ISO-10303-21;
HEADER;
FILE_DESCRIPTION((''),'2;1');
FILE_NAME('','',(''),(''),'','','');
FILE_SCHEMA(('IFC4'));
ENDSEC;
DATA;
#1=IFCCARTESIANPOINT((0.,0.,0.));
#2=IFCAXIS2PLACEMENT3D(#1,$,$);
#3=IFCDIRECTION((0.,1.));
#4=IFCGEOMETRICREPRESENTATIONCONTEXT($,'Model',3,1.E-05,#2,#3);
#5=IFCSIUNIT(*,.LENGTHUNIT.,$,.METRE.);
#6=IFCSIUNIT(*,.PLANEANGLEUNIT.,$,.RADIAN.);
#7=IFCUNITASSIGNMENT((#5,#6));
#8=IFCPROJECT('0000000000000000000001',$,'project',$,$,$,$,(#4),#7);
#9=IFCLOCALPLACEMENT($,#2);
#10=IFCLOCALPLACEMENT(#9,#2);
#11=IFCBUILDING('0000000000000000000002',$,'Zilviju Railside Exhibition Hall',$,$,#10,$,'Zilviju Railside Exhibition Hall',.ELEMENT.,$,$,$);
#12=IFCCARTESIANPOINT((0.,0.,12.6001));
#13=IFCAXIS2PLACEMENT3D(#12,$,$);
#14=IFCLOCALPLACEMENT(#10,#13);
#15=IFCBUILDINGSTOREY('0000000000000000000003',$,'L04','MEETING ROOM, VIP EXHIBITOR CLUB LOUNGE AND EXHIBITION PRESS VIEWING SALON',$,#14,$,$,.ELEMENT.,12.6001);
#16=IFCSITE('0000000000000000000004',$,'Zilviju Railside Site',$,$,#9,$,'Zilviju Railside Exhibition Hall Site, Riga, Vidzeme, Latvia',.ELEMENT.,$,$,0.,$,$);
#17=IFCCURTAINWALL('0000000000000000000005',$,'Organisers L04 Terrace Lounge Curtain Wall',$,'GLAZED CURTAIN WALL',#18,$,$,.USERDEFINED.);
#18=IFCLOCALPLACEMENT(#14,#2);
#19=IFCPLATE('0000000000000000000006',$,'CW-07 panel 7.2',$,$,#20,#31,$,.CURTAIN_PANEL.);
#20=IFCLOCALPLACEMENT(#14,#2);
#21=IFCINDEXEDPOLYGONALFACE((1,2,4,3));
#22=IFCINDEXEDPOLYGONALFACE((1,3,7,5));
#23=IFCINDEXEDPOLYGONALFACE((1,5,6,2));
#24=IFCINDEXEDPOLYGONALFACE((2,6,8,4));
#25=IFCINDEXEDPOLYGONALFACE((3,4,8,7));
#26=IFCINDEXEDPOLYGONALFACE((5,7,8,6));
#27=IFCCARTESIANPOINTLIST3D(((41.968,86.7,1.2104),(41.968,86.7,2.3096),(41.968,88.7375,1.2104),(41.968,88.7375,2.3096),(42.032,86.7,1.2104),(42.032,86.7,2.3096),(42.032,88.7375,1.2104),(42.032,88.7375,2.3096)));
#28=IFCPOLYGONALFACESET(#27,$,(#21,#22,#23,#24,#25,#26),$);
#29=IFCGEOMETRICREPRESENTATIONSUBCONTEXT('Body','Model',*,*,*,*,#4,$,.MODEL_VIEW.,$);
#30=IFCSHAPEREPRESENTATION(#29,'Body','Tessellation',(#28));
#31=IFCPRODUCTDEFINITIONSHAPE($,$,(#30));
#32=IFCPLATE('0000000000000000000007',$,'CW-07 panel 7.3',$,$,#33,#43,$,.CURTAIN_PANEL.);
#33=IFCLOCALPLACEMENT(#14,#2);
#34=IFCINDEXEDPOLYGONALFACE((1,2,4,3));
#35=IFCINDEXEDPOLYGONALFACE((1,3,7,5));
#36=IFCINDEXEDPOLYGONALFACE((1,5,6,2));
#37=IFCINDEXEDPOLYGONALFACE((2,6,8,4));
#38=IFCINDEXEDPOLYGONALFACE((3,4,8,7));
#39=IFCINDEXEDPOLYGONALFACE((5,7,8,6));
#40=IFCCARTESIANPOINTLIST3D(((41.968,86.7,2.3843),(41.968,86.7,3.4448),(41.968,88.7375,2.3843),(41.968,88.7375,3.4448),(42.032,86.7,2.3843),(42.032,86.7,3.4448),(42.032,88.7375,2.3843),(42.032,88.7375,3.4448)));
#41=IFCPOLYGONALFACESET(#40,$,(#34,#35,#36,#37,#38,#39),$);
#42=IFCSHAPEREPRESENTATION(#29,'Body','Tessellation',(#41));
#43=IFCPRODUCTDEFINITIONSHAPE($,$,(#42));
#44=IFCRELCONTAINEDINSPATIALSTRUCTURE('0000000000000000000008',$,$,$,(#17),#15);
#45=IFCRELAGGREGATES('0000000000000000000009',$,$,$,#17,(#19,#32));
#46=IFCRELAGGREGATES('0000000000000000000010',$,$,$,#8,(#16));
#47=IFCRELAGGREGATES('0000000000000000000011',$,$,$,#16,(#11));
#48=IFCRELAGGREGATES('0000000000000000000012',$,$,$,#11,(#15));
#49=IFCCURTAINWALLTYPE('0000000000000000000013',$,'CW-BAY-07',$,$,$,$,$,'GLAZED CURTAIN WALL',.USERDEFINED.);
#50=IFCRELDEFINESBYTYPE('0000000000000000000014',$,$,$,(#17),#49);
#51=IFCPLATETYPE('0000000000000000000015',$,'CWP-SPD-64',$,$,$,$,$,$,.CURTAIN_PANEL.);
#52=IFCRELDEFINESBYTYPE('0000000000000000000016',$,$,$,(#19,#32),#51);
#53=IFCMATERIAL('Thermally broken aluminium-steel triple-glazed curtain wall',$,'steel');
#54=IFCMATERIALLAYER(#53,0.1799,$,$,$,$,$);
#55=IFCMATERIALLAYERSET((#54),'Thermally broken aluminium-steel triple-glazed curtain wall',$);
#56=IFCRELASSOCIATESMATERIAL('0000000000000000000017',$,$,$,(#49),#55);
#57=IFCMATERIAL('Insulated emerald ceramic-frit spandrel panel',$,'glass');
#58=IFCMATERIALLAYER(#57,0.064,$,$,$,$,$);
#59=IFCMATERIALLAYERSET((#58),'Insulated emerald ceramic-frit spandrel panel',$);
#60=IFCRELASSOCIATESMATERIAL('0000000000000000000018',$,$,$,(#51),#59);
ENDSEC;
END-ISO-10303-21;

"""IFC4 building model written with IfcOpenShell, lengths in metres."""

from ifc_helpers import new_model, si_unit, direction, frame, origin, origin_2d, place, context, subcontext, project, spatial, rectangle, extrude, material, layer, layer_set, type_object, element, aggregate, save


model = new_model("IFC4")

# Units and contexts
model_context = context("Model", 3, precision=1e-05, world=origin(), true_north=direction((0.0, 1.0)))
body_context = subcontext(model_context, "Body", "Model", "MODEL_VIEW")
ifc_project = project(units=[si_unit("LENGTHUNIT", "METRE"), si_unit("PLANEANGLEUNIT", "RADIAN")], contexts=[model_context])

# Site, building, storey
site_placement = place(None, origin())
site = spatial("IfcSite", under=ifc_project, at=site_placement, Name="Zilviju Railside Site", LongName="Zilviju Railside Exhibition Hall Site, Riga, Vidzeme, Latvia", CompositionType="ELEMENT", RefElevation=0.0)
building_placement = place(site_placement, origin())
building = spatial("IfcBuilding", under=site, at=building_placement, Name="Zilviju Railside Exhibition Hall", LongName="Zilviju Railside Exhibition Hall", CompositionType="ELEMENT")
storey_placement = place(building_placement, frame((0.0, 0.0, 12.6001)))
storey = spatial("IfcBuildingStorey", under=building, at=storey_placement, Name="L04", Description="MEETING ROOM, VIP EXHIBITOR CLUB LOUNGE AND EXHIBITION PRESS VIEWING SALON", CompositionType="ELEMENT", Elevation=12.6001)

# Curtain wall, plates
ifc_material_1 = material(Name="Thermally broken aluminium-steel triple-glazed curtain wall", Category="steel")
ifc_layer_1 = layer(ifc_material_1, 0.1799)
ifc_layer_set_1 = layer_set([ifc_layer_1], Name="Thermally broken aluminium-steel triple-glazed curtain wall")
curtain_wall_type = type_object("IfcCurtainWallType", Name="CW-BAY-07", ElementType="GLAZED CURTAIN WALL", PredefinedType="USERDEFINED", material=ifc_layer_set_1)
curtain_wall_placement = place(storey_placement, origin())
curtain_wall = element("IfcCurtainWall", 1, at=curtain_wall_placement, inside=storey, type_object=curtain_wall_type, Name="Organisers L04 Terrace Lounge Curtain Wall", ObjectType="GLAZED CURTAIN WALL", PredefinedType="USERDEFINED")
ifc_material_2 = material(Name="Insulated emerald ceramic-frit spandrel panel", Category="glass")
ifc_layer_2 = layer(ifc_material_2, 0.064)
ifc_layer_set_2 = layer_set([ifc_layer_2], Name="Insulated emerald ceramic-frit spandrel panel")
plate_type = type_object("IfcPlateType", Name="CWP-SPD-64", PredefinedType="CURTAIN_PANEL", material=ifc_layer_set_2)
plate_1_placement = place(storey_placement, frame((42.0, 87.7188, 1.2104), z_axis=(0.0, 0.0, 1.0), x_axis=(0.0, -1.0, 0.0)))
plate_1 = element("IfcPlate", 2, at=plate_1_placement, type_object=plate_type, Name="CW-07 panel 7.2", PredefinedType="CURTAIN_PANEL", context=body_context, shape_type="SweptSolid", body=[
    extrude(rectangle(XDim=2.0376, YDim=0.064, at=origin_2d()), origin(), (0.0, 0.0, 1.0), 1.0991),
])
plate_2_placement = place(storey_placement, frame((42.0, 87.7188, 2.3843), z_axis=(0.0, 0.0, 1.0), x_axis=(0.0, -1.0, 0.0)))
plate_2 = element("IfcPlate", 3, at=plate_2_placement, type_object=plate_type, Name="CW-07 panel 7.3", PredefinedType="CURTAIN_PANEL", context=body_context, shape_type="SweptSolid", body=[
    extrude(rectangle(XDim=2.0376, YDim=0.064, at=origin_2d()), origin(), (0.0, 0.0, 1.0), 1.0605),
])
aggregate(curtain_wall, [plate_1, plate_2])

save(model, "model.ifc")
